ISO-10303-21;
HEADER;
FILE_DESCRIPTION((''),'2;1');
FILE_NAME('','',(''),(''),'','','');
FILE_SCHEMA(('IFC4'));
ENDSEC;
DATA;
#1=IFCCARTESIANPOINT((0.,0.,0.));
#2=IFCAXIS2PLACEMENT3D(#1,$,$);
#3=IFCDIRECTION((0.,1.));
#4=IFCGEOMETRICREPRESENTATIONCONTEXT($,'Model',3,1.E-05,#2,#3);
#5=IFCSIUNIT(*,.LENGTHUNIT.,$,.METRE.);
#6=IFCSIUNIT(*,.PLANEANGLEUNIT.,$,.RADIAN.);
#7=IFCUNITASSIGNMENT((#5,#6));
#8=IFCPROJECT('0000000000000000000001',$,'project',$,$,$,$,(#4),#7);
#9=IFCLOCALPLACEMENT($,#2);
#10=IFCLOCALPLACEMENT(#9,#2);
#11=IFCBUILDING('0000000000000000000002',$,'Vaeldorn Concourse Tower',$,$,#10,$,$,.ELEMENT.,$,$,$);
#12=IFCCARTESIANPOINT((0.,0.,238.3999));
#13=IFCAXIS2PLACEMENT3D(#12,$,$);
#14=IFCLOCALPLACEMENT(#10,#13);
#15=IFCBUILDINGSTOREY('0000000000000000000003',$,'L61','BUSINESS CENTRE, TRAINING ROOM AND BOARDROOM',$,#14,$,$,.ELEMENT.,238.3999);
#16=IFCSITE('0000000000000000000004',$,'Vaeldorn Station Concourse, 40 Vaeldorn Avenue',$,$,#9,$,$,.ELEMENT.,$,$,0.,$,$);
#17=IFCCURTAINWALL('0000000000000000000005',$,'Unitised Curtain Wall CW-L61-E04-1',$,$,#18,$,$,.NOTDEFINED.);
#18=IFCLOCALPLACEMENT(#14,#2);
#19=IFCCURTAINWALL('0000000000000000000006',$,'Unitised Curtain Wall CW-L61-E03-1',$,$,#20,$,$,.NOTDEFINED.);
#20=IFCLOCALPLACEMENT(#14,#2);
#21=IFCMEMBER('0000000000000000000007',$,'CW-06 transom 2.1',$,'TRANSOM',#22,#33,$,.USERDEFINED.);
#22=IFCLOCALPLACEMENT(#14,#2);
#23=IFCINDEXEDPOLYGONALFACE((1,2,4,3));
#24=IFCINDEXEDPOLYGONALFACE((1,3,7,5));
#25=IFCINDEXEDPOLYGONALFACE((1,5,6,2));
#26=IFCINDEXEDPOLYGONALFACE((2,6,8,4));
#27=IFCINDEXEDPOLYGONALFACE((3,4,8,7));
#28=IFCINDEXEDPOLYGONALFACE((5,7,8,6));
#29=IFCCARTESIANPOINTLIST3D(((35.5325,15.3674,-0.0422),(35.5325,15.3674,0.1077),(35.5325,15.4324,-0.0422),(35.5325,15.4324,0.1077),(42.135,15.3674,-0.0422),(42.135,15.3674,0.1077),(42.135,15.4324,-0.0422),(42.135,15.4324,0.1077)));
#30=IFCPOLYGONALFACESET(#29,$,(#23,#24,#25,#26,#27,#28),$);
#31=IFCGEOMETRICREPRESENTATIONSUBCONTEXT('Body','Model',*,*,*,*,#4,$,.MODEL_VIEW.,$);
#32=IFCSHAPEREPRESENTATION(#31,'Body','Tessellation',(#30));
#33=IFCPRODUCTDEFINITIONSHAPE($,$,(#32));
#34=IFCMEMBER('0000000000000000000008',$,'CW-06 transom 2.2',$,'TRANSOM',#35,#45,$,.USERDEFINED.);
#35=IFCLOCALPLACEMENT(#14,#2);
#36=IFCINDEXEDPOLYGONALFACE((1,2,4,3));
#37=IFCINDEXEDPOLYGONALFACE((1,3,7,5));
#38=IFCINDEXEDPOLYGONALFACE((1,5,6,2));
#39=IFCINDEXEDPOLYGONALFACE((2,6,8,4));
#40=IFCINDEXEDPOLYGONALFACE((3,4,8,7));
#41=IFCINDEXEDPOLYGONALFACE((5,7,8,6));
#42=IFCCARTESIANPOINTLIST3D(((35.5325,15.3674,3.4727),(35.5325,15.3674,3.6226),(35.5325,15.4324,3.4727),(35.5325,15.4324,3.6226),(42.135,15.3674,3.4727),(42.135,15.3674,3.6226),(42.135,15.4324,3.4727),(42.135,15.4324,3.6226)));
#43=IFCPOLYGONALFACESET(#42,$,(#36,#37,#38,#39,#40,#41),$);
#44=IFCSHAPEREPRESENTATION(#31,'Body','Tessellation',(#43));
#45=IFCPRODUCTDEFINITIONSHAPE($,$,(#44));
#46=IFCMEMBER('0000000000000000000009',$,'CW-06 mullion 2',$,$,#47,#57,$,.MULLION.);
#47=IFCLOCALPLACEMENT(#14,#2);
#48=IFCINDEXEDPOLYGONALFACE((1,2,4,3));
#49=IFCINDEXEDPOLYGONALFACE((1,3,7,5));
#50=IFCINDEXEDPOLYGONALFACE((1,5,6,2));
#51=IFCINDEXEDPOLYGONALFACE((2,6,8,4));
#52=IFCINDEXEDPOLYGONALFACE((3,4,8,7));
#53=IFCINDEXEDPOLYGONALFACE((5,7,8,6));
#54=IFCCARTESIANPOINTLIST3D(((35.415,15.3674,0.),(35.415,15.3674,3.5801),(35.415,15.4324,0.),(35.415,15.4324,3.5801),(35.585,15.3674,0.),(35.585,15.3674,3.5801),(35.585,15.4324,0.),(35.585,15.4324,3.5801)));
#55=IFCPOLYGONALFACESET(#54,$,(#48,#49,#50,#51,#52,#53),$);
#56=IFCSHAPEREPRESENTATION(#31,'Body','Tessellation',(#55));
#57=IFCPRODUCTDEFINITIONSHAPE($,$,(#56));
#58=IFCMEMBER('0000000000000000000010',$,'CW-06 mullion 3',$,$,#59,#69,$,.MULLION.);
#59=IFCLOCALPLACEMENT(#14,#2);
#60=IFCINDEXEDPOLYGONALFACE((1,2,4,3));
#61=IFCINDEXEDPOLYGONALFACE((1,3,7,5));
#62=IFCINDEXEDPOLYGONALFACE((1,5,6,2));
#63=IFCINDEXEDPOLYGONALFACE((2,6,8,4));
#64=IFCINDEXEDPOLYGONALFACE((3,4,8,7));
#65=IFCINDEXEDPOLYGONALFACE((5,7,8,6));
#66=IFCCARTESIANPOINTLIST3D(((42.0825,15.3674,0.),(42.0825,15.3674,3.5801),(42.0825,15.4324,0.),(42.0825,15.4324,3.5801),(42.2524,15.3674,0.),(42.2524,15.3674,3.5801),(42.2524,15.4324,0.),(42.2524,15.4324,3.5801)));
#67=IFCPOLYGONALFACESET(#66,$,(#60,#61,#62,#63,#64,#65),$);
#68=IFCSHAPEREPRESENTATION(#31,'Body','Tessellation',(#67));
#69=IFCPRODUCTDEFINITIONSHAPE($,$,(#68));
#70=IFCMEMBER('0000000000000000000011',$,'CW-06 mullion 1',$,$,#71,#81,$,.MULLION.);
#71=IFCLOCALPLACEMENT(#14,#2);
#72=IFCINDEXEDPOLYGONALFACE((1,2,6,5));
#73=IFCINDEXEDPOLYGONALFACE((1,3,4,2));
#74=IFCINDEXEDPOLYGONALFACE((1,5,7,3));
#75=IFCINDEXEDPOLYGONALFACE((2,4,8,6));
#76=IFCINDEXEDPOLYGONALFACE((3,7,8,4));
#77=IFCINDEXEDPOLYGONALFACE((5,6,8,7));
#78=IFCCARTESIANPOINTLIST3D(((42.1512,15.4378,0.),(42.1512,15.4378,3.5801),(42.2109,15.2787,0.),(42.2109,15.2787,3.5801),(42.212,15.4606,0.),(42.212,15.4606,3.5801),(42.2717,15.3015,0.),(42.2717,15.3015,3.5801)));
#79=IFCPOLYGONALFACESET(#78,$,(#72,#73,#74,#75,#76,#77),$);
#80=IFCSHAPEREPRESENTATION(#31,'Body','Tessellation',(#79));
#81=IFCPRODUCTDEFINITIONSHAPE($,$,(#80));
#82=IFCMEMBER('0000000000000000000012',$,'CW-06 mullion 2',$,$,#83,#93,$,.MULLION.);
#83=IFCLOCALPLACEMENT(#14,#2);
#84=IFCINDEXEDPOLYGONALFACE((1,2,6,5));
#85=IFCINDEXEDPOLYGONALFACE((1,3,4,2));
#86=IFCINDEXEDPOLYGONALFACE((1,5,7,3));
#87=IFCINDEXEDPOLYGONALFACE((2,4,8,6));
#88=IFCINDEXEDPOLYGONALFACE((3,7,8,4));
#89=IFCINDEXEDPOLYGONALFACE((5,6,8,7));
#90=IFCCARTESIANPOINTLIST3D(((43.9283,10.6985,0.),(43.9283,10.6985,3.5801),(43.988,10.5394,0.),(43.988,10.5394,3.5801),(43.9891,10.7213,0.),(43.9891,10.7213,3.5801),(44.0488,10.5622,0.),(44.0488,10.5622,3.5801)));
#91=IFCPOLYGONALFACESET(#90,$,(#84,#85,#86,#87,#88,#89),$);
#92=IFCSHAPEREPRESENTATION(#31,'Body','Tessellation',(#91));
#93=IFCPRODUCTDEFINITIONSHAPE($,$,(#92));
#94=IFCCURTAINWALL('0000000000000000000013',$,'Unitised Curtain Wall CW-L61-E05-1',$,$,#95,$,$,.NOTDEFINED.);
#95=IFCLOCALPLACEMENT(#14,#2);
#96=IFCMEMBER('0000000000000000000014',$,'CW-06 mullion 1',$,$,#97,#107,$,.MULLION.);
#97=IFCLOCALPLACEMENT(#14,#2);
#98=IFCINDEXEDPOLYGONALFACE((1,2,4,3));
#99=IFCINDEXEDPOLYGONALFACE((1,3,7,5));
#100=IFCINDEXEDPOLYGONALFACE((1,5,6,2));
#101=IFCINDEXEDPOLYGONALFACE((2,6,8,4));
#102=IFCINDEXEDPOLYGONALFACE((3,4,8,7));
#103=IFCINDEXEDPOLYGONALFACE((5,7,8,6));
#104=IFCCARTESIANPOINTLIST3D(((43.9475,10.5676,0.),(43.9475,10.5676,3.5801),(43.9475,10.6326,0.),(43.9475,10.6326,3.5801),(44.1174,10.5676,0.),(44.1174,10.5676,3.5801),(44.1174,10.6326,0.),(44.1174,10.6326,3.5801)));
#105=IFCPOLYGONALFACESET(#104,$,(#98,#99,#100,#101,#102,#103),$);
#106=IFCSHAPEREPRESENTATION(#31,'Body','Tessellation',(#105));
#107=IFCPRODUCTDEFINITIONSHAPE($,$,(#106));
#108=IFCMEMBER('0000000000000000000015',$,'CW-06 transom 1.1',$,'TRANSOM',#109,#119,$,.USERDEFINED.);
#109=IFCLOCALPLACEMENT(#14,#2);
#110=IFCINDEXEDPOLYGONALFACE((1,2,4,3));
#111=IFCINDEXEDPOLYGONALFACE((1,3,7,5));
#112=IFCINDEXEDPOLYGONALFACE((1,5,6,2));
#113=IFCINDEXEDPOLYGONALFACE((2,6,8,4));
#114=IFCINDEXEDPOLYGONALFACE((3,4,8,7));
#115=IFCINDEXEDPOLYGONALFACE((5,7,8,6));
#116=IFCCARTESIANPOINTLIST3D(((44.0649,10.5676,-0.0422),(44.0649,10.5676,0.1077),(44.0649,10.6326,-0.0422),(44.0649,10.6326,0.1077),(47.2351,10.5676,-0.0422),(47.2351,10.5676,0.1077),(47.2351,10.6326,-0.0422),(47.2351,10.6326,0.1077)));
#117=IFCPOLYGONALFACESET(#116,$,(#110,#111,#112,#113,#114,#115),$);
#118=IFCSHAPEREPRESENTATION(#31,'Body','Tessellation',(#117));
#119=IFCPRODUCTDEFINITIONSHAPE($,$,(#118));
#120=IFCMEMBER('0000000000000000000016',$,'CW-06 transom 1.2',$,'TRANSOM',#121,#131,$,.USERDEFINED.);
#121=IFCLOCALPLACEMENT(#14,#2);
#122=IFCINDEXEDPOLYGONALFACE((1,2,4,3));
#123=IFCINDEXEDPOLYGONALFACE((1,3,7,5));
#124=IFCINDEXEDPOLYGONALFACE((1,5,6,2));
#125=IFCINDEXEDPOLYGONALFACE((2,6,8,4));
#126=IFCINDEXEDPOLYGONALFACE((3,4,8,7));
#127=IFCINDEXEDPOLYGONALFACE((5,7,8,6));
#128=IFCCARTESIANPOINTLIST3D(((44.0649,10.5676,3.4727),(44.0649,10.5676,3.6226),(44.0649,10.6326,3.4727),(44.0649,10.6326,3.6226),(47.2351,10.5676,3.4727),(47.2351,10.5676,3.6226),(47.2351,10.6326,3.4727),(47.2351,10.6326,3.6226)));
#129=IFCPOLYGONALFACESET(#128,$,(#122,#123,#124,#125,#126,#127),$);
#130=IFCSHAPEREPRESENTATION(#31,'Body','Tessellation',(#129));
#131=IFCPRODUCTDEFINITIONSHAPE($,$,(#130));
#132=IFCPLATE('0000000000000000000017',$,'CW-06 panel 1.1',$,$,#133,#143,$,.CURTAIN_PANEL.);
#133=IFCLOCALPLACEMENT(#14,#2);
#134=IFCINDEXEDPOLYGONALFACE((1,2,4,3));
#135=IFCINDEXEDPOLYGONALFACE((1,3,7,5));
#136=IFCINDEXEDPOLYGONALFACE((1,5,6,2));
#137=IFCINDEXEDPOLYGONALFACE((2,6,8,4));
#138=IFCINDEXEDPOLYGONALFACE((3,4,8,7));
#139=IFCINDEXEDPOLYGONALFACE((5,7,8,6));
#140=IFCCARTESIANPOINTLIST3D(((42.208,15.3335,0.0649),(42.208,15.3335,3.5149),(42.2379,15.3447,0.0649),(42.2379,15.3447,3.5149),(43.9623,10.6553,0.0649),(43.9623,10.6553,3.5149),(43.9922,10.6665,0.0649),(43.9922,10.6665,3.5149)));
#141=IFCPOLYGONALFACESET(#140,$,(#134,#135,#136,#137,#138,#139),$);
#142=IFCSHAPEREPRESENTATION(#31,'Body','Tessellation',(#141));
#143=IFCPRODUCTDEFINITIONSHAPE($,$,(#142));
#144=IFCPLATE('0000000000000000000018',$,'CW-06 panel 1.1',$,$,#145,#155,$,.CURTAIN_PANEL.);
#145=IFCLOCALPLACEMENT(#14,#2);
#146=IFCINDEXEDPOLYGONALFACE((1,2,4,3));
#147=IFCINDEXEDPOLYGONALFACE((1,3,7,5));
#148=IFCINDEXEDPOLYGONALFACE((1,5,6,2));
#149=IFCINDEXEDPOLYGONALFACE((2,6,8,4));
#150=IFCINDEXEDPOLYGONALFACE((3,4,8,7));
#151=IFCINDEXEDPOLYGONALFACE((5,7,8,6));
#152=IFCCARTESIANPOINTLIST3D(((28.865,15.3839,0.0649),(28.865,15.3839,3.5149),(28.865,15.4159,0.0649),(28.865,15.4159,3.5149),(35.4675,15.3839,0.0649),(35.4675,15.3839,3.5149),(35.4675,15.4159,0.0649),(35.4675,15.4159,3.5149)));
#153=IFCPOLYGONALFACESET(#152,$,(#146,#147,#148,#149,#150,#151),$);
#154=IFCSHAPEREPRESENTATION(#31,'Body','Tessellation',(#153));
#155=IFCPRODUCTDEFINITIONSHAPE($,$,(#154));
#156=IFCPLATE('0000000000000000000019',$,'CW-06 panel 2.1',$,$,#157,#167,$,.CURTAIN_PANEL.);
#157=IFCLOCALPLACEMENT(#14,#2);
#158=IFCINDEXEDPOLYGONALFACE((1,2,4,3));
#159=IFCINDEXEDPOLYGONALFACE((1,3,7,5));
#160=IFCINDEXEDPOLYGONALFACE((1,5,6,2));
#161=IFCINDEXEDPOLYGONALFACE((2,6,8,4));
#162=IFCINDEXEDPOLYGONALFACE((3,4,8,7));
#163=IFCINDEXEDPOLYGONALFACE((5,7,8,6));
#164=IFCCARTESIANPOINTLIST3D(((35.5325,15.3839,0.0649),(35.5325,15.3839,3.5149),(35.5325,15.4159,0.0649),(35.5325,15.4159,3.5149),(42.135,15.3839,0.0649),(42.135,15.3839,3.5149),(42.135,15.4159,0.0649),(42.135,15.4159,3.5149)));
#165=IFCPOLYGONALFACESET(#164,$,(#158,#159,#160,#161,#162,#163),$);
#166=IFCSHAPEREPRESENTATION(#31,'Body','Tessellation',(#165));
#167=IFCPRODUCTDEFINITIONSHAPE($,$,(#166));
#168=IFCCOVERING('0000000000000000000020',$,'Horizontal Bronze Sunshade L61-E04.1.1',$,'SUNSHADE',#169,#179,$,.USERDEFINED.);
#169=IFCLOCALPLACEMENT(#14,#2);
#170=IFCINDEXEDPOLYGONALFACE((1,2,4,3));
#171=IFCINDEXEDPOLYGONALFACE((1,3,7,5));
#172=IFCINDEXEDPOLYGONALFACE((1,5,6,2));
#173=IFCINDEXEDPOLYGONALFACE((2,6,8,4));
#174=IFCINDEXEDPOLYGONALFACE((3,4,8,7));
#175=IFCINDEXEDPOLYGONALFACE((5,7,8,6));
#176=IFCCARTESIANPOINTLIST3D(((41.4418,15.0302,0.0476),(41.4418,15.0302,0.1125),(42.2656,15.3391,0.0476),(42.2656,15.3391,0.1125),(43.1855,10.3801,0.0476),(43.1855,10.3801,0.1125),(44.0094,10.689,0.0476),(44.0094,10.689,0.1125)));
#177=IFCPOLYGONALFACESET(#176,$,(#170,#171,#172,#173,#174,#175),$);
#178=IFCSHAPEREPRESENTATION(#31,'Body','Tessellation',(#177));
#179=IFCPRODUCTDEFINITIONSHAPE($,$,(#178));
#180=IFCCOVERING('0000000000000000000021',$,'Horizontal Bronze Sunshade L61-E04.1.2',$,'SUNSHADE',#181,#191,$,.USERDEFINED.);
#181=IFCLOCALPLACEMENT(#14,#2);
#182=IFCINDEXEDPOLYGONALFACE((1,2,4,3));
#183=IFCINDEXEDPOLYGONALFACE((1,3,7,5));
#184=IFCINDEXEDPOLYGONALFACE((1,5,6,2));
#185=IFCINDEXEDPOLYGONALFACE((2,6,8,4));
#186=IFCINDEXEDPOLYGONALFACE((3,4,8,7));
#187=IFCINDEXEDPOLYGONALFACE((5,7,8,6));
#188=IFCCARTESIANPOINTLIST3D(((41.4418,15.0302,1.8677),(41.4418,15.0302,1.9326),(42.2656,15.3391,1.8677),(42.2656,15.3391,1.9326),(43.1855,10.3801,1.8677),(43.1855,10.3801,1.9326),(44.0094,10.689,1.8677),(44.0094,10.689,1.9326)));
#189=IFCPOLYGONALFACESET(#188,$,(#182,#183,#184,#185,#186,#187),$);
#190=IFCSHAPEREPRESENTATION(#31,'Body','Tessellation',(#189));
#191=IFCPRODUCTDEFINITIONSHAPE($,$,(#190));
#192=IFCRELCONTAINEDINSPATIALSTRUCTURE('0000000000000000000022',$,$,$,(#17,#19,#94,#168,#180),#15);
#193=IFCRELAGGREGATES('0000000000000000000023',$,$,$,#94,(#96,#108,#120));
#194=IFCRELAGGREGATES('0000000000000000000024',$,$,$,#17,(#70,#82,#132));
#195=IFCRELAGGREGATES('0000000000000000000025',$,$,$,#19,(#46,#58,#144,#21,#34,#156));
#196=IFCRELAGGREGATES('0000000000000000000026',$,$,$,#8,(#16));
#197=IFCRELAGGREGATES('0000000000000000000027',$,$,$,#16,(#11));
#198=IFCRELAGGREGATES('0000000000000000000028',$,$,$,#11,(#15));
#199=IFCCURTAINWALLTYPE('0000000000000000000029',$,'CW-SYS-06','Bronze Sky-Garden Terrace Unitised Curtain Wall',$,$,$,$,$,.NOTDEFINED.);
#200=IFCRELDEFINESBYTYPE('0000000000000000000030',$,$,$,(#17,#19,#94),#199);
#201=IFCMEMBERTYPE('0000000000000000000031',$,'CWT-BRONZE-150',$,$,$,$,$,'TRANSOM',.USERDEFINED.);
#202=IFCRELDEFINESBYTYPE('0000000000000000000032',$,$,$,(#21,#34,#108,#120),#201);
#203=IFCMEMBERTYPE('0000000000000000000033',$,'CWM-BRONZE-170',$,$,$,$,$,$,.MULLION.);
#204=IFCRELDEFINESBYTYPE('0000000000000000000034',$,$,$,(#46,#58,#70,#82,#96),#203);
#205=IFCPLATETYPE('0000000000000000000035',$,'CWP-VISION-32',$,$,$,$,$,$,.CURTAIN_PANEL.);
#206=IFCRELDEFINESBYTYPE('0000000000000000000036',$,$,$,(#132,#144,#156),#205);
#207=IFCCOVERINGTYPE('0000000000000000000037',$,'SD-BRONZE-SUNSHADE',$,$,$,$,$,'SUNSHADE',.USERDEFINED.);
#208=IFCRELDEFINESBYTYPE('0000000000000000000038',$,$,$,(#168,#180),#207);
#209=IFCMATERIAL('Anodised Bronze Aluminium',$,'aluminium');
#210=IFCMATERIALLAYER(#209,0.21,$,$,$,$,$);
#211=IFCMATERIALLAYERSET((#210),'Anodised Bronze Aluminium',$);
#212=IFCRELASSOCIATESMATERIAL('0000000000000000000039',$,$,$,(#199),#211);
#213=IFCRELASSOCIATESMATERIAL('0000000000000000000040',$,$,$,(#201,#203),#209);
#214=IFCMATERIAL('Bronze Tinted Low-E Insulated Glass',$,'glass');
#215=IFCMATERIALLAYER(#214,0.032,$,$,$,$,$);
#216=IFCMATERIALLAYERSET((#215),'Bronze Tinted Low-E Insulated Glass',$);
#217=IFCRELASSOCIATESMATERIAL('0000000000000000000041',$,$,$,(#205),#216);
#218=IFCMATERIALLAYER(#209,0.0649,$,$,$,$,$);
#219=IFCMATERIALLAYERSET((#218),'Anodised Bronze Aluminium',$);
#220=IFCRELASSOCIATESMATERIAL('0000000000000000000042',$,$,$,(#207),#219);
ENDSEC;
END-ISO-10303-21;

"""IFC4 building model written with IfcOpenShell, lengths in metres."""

from ifc_helpers import new_model, si_unit, direction, frame, origin, origin_2d, place, context, subcontext, project, spatial, rectangle, extrude, source, transform, mapped, material, layer, layer_set, material_profile, profile_set, type_object, element, aggregate, save


model = new_model("IFC4")

# Units and contexts
model_context = context("Model", 3, precision=1e-05, world=origin(), true_north=direction((0.0, 1.0)))
body_context = subcontext(model_context, "Body", "Model", "MODEL_VIEW")
ifc_project = project(units=[si_unit("LENGTHUNIT", "METRE"), si_unit("PLANEANGLEUNIT", "RADIAN")], contexts=[model_context])

# Site, building, storey
site_placement = place(None, origin())
site = spatial("IfcSite", under=ifc_project, at=site_placement, Name="Vaeldorn Station Concourse, 40 Vaeldorn Avenue", CompositionType="ELEMENT", RefElevation=0.0)
building_placement = place(site_placement, origin())
building = spatial("IfcBuilding", under=site, at=building_placement, Name="Vaeldorn Concourse Tower", CompositionType="ELEMENT")
storey_placement = place(building_placement, frame((0.0, 0.0, 238.3999)))
storey = spatial("IfcBuildingStorey", under=building, at=storey_placement, Name="L61", Description="BUSINESS CENTRE, TRAINING ROOM AND BOARDROOM", CompositionType="ELEMENT", Elevation=238.3999)

# Curtain walls, members
ifc_material_1 = material(Name="Anodised Bronze Aluminium", Category="aluminium")
ifc_layer_1 = layer(ifc_material_1, 0.21)
ifc_layer_set_1 = layer_set([ifc_layer_1], Name="Anodised Bronze Aluminium")
curtain_wall_type = type_object("IfcCurtainWallType", Name="CW-SYS-06", Description="Bronze Sky-Garden Terrace Unitised Curtain Wall", PredefinedType="NOTDEFINED", material=ifc_layer_set_1)
curtain_wall_1_placement = place(storey_placement, origin())
curtain_wall_1 = element("IfcCurtainWall", 1, at=curtain_wall_1_placement, inside=storey, type_object=curtain_wall_type, Name="Unitised Curtain Wall CW-L61-E04-1", PredefinedType="NOTDEFINED")
ifc_material_profile_1 = material_profile(ifc_material_1, rectangle(XDim=0.0649, YDim=0.1499, at=origin_2d()), Name="CWT 65x150")
ifc_profile_set_1 = profile_set([ifc_material_profile_1], Name="Anodised Bronze Aluminium")
member_type_1 = type_object("IfcMemberType", Name="CWT-BRONZE-150", ElementType="TRANSOM", PredefinedType="USERDEFINED", material=ifc_profile_set_1)
curtain_wall_2_placement = place(storey_placement, origin())
curtain_wall_2 = element("IfcCurtainWall", 2, at=curtain_wall_2_placement, inside=storey, type_object=curtain_wall_type, Name="Unitised Curtain Wall CW-L61-E03-1", PredefinedType="NOTDEFINED")
shared_shape_1 = source(origin(), body_context, "Body", "SweptSolid", [
    extrude(rectangle(XDim=0.0649, YDim=0.1499, at=origin_2d()), origin(), (0.0, 0.0, 1.0), 6.6025),
])
member_1_placement = place(storey_placement, frame((35.5325, 15.3999, 0.0327), z_axis=(1.0, 0.0, 0.0), x_axis=(0.0, 1.0, 0.0)))
member_1 = element("IfcMember", 3, at=member_1_placement, type_object=member_type_1, Name="CW-06 transom 2.1", ObjectType="TRANSOM", PredefinedType="USERDEFINED", context=body_context, shape_type="MappedRepresentation", body=[
    mapped(shared_shape_1, transform((0.0, 0.0, 0.0), scale=1.0)),
])
member_2_placement = place(storey_placement, frame((35.5325, 15.3999, 3.5476), z_axis=(1.0, 0.0, 0.0), x_axis=(0.0, 1.0, 0.0)))
member_2 = element("IfcMember", 4, at=member_2_placement, type_object=member_type_1, Name="CW-06 transom 2.2", ObjectType="TRANSOM", PredefinedType="USERDEFINED", context=body_context, shape_type="MappedRepresentation", body=[
    mapped(shared_shape_1, transform((0.0, 0.0, 0.0), scale=1.0)),
])
ifc_material_profile_2 = material_profile(ifc_material_1, rectangle(XDim=0.0649, YDim=0.1699, at=origin_2d()), Name="CWM 65x170")
ifc_profile_set_2 = profile_set([ifc_material_profile_2], Name="Anodised Bronze Aluminium")
member_type_2 = type_object("IfcMemberType", Name="CWM-BRONZE-170", PredefinedType="MULLION", material=ifc_profile_set_2)
shared_shape_2 = source(origin(), body_context, "Body", "SweptSolid", [
    extrude(rectangle(XDim=0.0649, YDim=0.1699, at=origin_2d()), origin(), (0.0, 0.0, 1.0), 3.5801),
])
member_3_placement = place(storey_placement, frame((35.5, 15.3999, 0.0), z_axis=(0.0, 0.0, 1.0), x_axis=(0.0, 1.0, 0.0)))
member_3 = element("IfcMember", 5, at=member_3_placement, type_object=member_type_2, Name="CW-06 mullion 2", PredefinedType="MULLION", context=body_context, shape_type="MappedRepresentation", body=[
    mapped(shared_shape_2, transform((0.0, 0.0, 0.0), scale=1.0)),
])
member_4_placement = place(storey_placement, frame((42.1675, 15.3999, 0.0), z_axis=(0.0, 0.0, 1.0), x_axis=(0.0, 1.0, 0.0)))
member_4 = element("IfcMember", 6, at=member_4_placement, type_object=member_type_2, Name="CW-06 mullion 3", PredefinedType="MULLION", context=body_context, shape_type="MappedRepresentation", body=[
    mapped(shared_shape_2, transform((0.0, 0.0, 0.0), scale=1.0)),
])

# Members
member_5_placement = place(storey_placement, frame((42.2114, 15.3696, 0.0), z_axis=(0.0, 0.0, 1.0), x_axis=(0.936329, 0.351123, 0.0)))
member_5 = element("IfcMember", 7, at=member_5_placement, type_object=member_type_2, Name="CW-06 mullion 1", PredefinedType="MULLION", context=body_context, shape_type="MappedRepresentation", body=[
    mapped(shared_shape_2, transform((0.0, 0.0, 0.0), scale=1.0)),
])
member_6_placement = place(storey_placement, frame((43.9885, 10.6304, 0.0), z_axis=(0.0, 0.0, 1.0), x_axis=(0.936329, 0.351123, 0.0)))
member_6 = element("IfcMember", 8, at=member_6_placement, type_object=member_type_2, Name="CW-06 mullion 2", PredefinedType="MULLION", context=body_context, shape_type="MappedRepresentation", body=[
    mapped(shared_shape_2, transform((0.0, 0.0, 0.0), scale=1.0)),
])

# Curtain wall, members
curtain_wall_3_placement = place(storey_placement, origin())
curtain_wall_3 = element("IfcCurtainWall", 9, at=curtain_wall_3_placement, inside=storey, type_object=curtain_wall_type, Name="Unitised Curtain Wall CW-L61-E05-1", PredefinedType="NOTDEFINED")
member_7_placement = place(storey_placement, frame((44.0325, 10.6001, 0.0), z_axis=(0.0, 0.0, 1.0), x_axis=(0.0, 1.0, 0.0)))
member_7 = element("IfcMember", 10, at=member_7_placement, type_object=member_type_2, Name="CW-06 mullion 1", PredefinedType="MULLION", context=body_context, shape_type="MappedRepresentation", body=[
    mapped(shared_shape_2, transform((0.0, 0.0, 0.0), scale=1.0)),
])
shared_shape_3 = source(origin(), body_context, "Body", "SweptSolid", [
    extrude(rectangle(XDim=0.0649, YDim=0.1499, at=origin_2d()), origin(), (0.0, 0.0, 1.0), 3.1702),
])
member_8_placement = place(storey_placement, frame((44.0649, 10.6001, 0.0327), z_axis=(1.0, 0.0, 0.0), x_axis=(0.0, 1.0, 0.0)))
member_8 = element("IfcMember", 11, at=member_8_placement, type_object=member_type_1, Name="CW-06 transom 1.1", ObjectType="TRANSOM", PredefinedType="USERDEFINED", context=body_context, shape_type="MappedRepresentation", body=[
    mapped(shared_shape_3, transform((0.0, 0.0, 0.0), scale=1.0)),
])
member_9_placement = place(storey_placement, frame((44.0649, 10.6001, 3.5476), z_axis=(1.0, 0.0, 0.0), x_axis=(0.0, 1.0, 0.0)))
member_9 = element("IfcMember", 12, at=member_9_placement, type_object=member_type_1, Name="CW-06 transom 1.2", ObjectType="TRANSOM", PredefinedType="USERDEFINED", context=body_context, shape_type="MappedRepresentation", body=[
    mapped(shared_shape_3, transform((0.0, 0.0, 0.0), scale=1.0)),
])
aggregate(curtain_wall_3, [member_7, member_8, member_9])

# Plates
ifc_material_2 = material(Name="Bronze Tinted Low-E Insulated Glass", Category="glass")
ifc_layer_2 = layer(ifc_material_2, 0.032)
ifc_layer_set_2 = layer_set([ifc_layer_2], Name="Bronze Tinted Low-E Insulated Glass")
plate_type = type_object("IfcPlateType", Name="CWP-VISION-32", PredefinedType="CURTAIN_PANEL", material=ifc_layer_set_2)
shared_shape_4 = source(origin(), body_context, "Body", "SweptSolid", [
    extrude(rectangle(XDim=4.9963, YDim=0.032, at=origin_2d()), origin(), (0.0, 0.0, 1.0), 3.45),
])
plate_1_placement = place(storey_placement, frame((43.1001, 13.0, 0.0649), z_axis=(0.0, 0.0, 1.0), x_axis=(0.351123, -0.936329, 0.0)))
plate_1 = element("IfcPlate", 13, at=plate_1_placement, type_object=plate_type, Name="CW-06 panel 1.1", PredefinedType="CURTAIN_PANEL", context=body_context, shape_type="MappedRepresentation", body=[
    mapped(shared_shape_4, transform((0.0, 0.0, 0.0), scale=1.0)),
])
aggregate(curtain_wall_1, [member_5, member_6, plate_1])
shared_shape_5 = source(origin(), body_context, "Body", "SweptSolid", [
    extrude(rectangle(XDim=6.6025, YDim=0.032, at=origin_2d()), origin(), (0.0, 0.0, 1.0), 3.45),
])
plate_2_placement = place(storey_placement, frame((32.1663, 15.3999, 0.0649), z_axis=(0.0, 0.0, 1.0), x_axis=(1.0, 0.0, 0.0)))
plate_2 = element("IfcPlate", 14, at=plate_2_placement, type_object=plate_type, Name="CW-06 panel 1.1", PredefinedType="CURTAIN_PANEL", context=body_context, shape_type="MappedRepresentation", body=[
    mapped(shared_shape_5, transform((0.0, 0.0, 0.0), scale=1.0)),
])
plate_3_placement = place(storey_placement, frame((38.8337, 15.3999, 0.0649), z_axis=(0.0, 0.0, 1.0), x_axis=(1.0, 0.0, 0.0)))
plate_3 = element("IfcPlate", 15, at=plate_3_placement, type_object=plate_type, Name="CW-06 panel 2.1", PredefinedType="CURTAIN_PANEL", context=body_context, shape_type="MappedRepresentation", body=[
    mapped(shared_shape_5, transform((0.0, 0.0, 0.0), scale=1.0)),
])
aggregate(curtain_wall_2, [member_3, member_4, plate_2, member_1, member_2, plate_3])

# Coverings
ifc_layer_3 = layer(ifc_material_1, 0.0649)
ifc_layer_set_3 = layer_set([ifc_layer_3], Name="Anodised Bronze Aluminium")
covering_type = type_object("IfcCoveringType", Name="SD-BRONZE-SUNSHADE", ElementType="SUNSHADE", PredefinedType="USERDEFINED", material=ifc_layer_set_3)
shared_shape_6 = source(origin(), body_context, "Body", "SweptSolid", [
    extrude(rectangle(XDim=4.9663, YDim=0.8799, at=origin_2d()), origin(), (0.0, 0.0, 1.0), 0.0649),
])
for number, where, z_axis, x_axis, name in (
    (16, (42.7256, 12.8596, 0.0476), (0.0, 0.0, 1.0), (0.351123, -0.936329, 0.0), "Horizontal Bronze Sunshade L61-E04.1.1"),
    (17, (42.7256, 12.8596, 1.8677), (0.0, 0.0, 1.0), (0.351123, -0.936329, 0.0), "Horizontal Bronze Sunshade L61-E04.1.2"),
):
    element("IfcCovering", number, at=place(storey_placement, frame(where, z_axis=z_axis, x_axis=x_axis)), inside=storey, type_object=covering_type, Name=name, ObjectType="SUNSHADE", PredefinedType="USERDEFINED", context=body_context, shape_type="MappedRepresentation", body=[
        mapped(shared_shape_6, transform((0.0, 0.0, 0.0), scale=1.0)),
    ])

save(model, "model.ifc")
